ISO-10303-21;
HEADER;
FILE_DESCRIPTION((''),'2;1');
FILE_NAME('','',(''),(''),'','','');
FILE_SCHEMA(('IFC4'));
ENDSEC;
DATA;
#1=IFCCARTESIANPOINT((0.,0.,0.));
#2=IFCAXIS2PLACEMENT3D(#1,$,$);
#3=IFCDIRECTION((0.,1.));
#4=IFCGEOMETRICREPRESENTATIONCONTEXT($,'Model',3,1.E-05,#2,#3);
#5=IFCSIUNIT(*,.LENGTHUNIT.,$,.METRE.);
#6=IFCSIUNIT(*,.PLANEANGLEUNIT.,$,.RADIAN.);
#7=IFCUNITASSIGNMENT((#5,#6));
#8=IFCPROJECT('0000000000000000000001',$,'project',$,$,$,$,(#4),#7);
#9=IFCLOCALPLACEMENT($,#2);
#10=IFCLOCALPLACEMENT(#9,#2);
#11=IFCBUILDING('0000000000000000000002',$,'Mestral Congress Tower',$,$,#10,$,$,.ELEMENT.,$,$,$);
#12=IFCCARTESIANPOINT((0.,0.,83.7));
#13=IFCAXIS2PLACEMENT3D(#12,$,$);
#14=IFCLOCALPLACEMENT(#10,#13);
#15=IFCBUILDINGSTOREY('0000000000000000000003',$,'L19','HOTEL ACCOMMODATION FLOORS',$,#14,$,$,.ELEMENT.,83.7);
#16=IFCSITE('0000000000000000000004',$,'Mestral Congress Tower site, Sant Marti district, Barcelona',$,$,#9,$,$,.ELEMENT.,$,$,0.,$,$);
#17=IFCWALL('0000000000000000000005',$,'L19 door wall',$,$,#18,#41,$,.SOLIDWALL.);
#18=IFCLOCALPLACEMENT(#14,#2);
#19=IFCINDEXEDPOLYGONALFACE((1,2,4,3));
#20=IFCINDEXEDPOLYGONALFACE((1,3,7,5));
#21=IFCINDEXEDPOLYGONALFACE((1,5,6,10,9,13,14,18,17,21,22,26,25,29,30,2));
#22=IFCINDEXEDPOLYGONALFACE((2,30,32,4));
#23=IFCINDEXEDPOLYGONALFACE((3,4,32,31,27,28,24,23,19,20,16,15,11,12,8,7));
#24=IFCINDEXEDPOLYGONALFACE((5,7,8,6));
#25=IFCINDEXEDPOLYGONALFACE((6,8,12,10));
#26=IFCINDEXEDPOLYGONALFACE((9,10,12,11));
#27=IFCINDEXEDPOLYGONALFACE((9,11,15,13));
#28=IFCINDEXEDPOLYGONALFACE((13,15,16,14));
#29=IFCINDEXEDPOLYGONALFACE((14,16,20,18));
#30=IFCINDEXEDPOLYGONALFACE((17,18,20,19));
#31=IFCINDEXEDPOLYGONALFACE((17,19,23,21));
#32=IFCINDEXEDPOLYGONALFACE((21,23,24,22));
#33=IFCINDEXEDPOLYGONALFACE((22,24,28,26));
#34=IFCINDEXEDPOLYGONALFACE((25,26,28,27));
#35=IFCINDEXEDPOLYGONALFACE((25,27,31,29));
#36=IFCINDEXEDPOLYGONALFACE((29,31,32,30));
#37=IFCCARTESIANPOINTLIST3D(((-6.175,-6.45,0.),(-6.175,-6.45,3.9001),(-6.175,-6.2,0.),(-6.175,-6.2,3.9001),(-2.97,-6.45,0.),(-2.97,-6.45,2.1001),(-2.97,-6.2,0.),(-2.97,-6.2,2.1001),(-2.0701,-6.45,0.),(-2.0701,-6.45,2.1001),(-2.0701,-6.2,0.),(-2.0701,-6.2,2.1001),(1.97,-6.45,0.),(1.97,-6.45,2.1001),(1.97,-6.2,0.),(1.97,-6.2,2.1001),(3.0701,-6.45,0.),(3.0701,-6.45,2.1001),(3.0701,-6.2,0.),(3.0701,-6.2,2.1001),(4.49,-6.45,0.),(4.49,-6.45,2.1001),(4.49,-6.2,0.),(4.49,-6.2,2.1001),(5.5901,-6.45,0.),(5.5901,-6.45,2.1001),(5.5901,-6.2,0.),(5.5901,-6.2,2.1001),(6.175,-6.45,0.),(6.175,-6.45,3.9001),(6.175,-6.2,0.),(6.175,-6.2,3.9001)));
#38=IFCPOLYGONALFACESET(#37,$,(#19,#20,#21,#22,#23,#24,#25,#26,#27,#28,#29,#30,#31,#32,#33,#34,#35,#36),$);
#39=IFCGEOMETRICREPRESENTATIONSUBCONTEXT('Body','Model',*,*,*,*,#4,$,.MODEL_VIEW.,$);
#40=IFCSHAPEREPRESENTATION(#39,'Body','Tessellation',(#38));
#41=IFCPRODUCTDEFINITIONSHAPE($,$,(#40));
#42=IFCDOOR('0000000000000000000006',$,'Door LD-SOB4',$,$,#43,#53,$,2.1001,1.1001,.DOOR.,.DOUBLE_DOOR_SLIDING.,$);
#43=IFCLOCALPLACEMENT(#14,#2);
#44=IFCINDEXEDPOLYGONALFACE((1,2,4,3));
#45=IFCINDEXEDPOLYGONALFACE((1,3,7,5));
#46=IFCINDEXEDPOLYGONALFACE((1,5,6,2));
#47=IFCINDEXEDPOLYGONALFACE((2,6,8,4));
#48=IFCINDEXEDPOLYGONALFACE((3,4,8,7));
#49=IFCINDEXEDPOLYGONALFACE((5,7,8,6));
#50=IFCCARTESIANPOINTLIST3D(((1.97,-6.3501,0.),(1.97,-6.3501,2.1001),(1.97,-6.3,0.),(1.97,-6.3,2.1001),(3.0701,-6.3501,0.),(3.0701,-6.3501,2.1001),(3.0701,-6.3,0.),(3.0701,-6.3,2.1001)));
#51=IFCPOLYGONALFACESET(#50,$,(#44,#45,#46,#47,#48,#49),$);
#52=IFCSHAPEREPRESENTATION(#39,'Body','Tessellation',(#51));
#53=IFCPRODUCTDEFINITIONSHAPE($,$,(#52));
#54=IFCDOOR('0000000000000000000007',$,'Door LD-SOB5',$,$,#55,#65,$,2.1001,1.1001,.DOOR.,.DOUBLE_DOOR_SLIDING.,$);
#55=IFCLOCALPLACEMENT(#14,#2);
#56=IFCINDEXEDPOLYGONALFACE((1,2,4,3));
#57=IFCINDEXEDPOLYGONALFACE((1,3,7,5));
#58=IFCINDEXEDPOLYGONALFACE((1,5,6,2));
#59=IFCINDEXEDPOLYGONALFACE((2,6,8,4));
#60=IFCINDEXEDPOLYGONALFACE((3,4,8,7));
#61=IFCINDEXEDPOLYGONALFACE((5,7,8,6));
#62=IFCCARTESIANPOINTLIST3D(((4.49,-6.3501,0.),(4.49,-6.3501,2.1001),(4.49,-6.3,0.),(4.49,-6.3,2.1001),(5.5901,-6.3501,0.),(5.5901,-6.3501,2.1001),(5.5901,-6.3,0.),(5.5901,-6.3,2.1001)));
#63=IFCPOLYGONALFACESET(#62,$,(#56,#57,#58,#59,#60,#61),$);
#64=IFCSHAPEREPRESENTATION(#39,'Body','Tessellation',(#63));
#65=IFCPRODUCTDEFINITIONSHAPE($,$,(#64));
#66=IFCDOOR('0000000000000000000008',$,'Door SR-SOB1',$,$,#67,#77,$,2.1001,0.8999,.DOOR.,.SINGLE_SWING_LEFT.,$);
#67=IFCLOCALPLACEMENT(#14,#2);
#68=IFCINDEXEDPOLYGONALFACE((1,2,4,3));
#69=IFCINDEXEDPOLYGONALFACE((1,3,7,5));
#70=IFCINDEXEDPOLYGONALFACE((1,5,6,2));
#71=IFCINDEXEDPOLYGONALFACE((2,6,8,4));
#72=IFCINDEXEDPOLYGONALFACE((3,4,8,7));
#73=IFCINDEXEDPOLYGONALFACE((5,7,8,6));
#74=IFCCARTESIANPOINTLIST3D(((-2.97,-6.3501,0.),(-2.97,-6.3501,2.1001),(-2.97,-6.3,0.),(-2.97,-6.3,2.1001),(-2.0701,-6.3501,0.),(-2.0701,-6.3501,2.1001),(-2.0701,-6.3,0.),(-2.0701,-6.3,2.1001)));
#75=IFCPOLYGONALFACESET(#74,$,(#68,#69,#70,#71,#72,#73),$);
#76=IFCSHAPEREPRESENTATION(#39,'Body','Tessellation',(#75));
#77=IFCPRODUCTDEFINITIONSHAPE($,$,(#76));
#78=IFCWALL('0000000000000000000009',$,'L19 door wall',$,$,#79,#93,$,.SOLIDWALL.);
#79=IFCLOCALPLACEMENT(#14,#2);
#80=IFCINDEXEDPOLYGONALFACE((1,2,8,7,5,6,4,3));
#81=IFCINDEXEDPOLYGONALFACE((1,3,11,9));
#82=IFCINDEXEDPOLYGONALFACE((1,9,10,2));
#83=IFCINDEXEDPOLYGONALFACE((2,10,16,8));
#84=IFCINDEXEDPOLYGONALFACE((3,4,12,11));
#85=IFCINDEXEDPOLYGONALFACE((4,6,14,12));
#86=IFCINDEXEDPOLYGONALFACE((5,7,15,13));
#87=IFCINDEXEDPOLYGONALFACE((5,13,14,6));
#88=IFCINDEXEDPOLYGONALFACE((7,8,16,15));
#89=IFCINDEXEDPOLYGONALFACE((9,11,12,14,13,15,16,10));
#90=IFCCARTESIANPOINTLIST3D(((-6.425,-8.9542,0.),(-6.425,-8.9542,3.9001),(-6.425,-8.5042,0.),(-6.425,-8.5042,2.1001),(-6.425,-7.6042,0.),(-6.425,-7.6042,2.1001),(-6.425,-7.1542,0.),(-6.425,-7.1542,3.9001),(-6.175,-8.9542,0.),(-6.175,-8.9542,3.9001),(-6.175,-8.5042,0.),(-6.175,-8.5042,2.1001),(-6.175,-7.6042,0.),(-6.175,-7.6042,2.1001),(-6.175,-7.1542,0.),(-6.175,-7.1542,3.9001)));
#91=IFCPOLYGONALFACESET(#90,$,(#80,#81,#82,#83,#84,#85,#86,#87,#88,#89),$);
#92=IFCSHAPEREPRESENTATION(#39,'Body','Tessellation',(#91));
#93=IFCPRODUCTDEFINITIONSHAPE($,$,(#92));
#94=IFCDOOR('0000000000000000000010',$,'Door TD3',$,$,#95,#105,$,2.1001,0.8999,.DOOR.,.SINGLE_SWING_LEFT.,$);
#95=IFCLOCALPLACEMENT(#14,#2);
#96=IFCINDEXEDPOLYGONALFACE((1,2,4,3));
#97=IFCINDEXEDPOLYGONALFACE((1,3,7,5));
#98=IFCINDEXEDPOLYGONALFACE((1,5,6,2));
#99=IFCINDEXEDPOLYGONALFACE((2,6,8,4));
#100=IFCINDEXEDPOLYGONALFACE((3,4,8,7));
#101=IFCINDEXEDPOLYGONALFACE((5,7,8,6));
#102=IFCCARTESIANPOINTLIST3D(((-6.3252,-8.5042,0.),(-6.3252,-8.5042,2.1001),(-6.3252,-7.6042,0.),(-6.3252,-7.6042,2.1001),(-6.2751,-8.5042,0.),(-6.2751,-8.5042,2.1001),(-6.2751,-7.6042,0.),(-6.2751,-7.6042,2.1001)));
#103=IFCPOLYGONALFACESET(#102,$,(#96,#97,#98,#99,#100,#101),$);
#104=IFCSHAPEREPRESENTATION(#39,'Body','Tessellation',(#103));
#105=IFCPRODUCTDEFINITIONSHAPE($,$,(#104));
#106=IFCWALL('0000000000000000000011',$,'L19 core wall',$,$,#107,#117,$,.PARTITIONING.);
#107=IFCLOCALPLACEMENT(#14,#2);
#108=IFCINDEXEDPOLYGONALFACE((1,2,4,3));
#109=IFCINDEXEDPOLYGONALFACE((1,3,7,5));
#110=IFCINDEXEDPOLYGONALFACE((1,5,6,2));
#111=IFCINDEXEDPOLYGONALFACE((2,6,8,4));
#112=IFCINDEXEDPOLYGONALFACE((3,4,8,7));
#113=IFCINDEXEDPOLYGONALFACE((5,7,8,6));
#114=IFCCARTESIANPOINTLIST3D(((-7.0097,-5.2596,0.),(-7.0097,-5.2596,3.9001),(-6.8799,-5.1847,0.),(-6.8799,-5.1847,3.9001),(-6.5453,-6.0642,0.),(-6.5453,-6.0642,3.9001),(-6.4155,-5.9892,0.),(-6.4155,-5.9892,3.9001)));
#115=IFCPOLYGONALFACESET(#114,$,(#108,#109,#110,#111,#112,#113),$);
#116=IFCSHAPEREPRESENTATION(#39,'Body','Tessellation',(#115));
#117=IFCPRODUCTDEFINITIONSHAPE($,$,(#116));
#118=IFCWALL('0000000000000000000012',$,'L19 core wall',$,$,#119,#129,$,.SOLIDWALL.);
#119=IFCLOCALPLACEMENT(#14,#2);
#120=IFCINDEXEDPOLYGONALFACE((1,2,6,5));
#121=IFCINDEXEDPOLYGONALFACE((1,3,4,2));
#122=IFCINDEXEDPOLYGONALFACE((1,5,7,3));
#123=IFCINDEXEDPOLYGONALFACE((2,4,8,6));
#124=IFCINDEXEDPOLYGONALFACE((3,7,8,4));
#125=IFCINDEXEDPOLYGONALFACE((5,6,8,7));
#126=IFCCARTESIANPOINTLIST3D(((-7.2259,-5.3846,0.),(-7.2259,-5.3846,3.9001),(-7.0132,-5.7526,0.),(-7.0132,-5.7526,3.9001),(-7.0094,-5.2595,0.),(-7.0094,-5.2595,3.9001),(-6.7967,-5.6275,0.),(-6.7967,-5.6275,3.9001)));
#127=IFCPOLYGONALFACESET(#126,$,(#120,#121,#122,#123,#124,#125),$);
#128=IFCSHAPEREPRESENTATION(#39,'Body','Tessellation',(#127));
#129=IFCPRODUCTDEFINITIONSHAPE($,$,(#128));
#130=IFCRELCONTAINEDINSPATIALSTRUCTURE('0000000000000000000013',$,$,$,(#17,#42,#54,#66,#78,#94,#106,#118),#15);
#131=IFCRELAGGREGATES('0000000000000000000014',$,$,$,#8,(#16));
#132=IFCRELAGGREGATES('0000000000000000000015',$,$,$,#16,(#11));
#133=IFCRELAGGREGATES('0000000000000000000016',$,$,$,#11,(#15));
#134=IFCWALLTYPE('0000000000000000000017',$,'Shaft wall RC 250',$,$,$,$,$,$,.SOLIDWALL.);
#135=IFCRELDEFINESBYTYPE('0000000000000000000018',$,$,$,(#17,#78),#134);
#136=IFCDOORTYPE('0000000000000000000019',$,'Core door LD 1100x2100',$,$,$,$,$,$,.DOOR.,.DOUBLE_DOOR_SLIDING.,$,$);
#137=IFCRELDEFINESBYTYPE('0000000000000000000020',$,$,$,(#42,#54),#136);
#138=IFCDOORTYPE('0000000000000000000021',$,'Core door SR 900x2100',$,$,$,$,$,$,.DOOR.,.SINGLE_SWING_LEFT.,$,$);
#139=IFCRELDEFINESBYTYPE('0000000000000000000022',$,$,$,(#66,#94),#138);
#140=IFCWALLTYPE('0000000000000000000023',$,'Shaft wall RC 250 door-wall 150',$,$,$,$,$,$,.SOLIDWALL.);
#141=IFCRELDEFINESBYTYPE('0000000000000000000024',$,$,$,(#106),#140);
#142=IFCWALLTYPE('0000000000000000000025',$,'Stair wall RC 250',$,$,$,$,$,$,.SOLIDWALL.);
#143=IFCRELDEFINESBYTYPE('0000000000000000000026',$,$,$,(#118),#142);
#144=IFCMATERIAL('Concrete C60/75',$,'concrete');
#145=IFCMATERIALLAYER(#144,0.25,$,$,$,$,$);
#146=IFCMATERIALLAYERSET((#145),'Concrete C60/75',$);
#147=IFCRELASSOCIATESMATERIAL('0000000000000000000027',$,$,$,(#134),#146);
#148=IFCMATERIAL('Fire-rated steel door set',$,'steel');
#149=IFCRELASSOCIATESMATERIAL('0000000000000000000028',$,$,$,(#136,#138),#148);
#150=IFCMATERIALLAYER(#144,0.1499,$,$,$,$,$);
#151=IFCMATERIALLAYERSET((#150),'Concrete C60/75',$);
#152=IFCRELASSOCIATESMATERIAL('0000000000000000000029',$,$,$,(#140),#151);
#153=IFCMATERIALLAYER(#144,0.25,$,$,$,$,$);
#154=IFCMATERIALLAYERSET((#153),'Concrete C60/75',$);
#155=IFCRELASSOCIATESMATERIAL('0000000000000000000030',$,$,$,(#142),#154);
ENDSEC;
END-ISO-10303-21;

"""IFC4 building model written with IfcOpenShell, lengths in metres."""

from ifc_helpers import new_model, si_unit, direction, frame, frame_2d, origin, place, context, subcontext, project, spatial, rectangle, extrude, material, layer, layer_set, type_object, element, fill, save


model = new_model("IFC4")

# Units and contexts
model_context = context("Model", 3, precision=1e-05, world=origin(), true_north=direction((0.0, 1.0)))
body_context = subcontext(model_context, "Body", "Model", "MODEL_VIEW")
ifc_project = project(units=[si_unit("LENGTHUNIT", "METRE"), si_unit("PLANEANGLEUNIT", "RADIAN")], contexts=[model_context])

# Site, building, storey
site_placement = place(None, origin())
site = spatial("IfcSite", under=ifc_project, at=site_placement, Name="Mestral Congress Tower site, Sant Marti district, Barcelona", CompositionType="ELEMENT", RefElevation=0.0)
building_placement = place(site_placement, origin())
building = spatial("IfcBuilding", under=site, at=building_placement, Name="Mestral Congress Tower", CompositionType="ELEMENT")
storey_placement = place(building_placement, frame((0.0, 0.0, 83.7)))
storey = spatial("IfcBuildingStorey", under=building, at=storey_placement, Name="L19", Description="HOTEL ACCOMMODATION FLOORS", CompositionType="ELEMENT", Elevation=83.7)

# Shared definitions
ifc_material_1 = material(Name="Fire-rated steel door set", Category="steel")

# Shared definitions
ifc_material_2 = material(Name="Concrete C60/75", Category="concrete")
ifc_layer_1 = layer(ifc_material_2, 0.25)
ifc_layer_set_1 = layer_set([ifc_layer_1], Name="Concrete C60/75")
wall_type_1 = type_object("IfcWallType", Name="Shaft wall RC 250", PredefinedType="SOLIDWALL", material=ifc_layer_set_1)

# Wall, openings, doors
door_type_1 = type_object("IfcDoorType", Name="Core door LD 1100x2100", OperationType="DOUBLE_DOOR_SLIDING", PredefinedType="DOOR", material=ifc_material_1)
wall_1_placement = place(storey_placement, frame((-6.175, -6.325, 0.0), z_axis=(0.0, 0.0, 1.0), x_axis=(1.0, 0.0, 0.0)))
wall_1 = element("IfcWall", 1, at=wall_1_placement, inside=storey, type_object=wall_type_1, Name="L19 door wall", PredefinedType="SOLIDWALL", context=body_context, shape_type="SweptSolid", body=[
    extrude(rectangle(XDim=12.3501, YDim=0.25, at=frame_2d((6.175, 0.0))), origin(), (0.0, 0.0, 1.0), 3.9001),
])
opening_1_placement = place(wall_1_placement, frame((3.2051, 0.0, 0.0)))
opening_1 = element("IfcOpeningElement", 2, at=opening_1_placement, cuts=wall_1, PredefinedType="OPENING", context=body_context, shape_type="SweptSolid", body=[
    extrude(rectangle(XDim=0.8999, YDim=2.1001, at=frame_2d((0.45, 1.05))), frame((0.0, 0.135, 0.0), z_axis=(0.0, -1.0, 0.0), x_axis=(1.0, 0.0, 0.0)), (0.0, 0.0, 1.0), 0.27),
])
opening_2_placement = place(wall_1_placement, frame((8.145, 0.0, 0.0)))
opening_2 = element("IfcOpeningElement", 3, at=opening_2_placement, cuts=wall_1, PredefinedType="OPENING", context=body_context, shape_type="SweptSolid", body=[
    extrude(rectangle(XDim=1.1001, YDim=2.1001, at=frame_2d((0.55, 1.05))), frame((0.0, 0.135, 0.0), z_axis=(0.0, -1.0, 0.0), x_axis=(1.0, 0.0, 0.0)), (0.0, 0.0, 1.0), 0.27),
])
opening_3_placement = place(wall_1_placement, frame((10.665, 0.0, 0.0)))
opening_3 = element("IfcOpeningElement", 4, at=opening_3_placement, cuts=wall_1, PredefinedType="OPENING", context=body_context, shape_type="SweptSolid", body=[
    extrude(rectangle(XDim=1.1001, YDim=2.1001, at=frame_2d((0.55, 1.05))), frame((0.0, 0.135, 0.0), z_axis=(0.0, -1.0, 0.0), x_axis=(1.0, 0.0, 0.0)), (0.0, 0.0, 1.0), 0.27),
])
door_1_placement = place(opening_2_placement, origin())
door_1 = element("IfcDoor", 5, at=door_1_placement, inside=storey, type_object=door_type_1, Name="Door LD-SOB4", OperationType="DOUBLE_DOOR_SLIDING", OverallHeight=2.1001, OverallWidth=1.1001, PredefinedType="DOOR", context=body_context, shape_type="SweptSolid", body=[
    extrude(rectangle(XDim=1.1001, YDim=2.1001, at=frame_2d((0.55, 1.05))), frame((0.0, 0.0249, 0.0), z_axis=(0.0, -1.0, 0.0), x_axis=(1.0, 0.0, 0.0)), (0.0, 0.0, 1.0), 0.05),
])
fill(opening_2, door_1)
door_2_placement = place(opening_3_placement, origin())
door_2 = element("IfcDoor", 6, at=door_2_placement, inside=storey, type_object=door_type_1, Name="Door LD-SOB5", OperationType="DOUBLE_DOOR_SLIDING", OverallHeight=2.1001, OverallWidth=1.1001, PredefinedType="DOOR", context=body_context, shape_type="SweptSolid", body=[
    extrude(rectangle(XDim=1.1001, YDim=2.1001, at=frame_2d((0.55, 1.05))), frame((0.0, 0.0249, 0.0), z_axis=(0.0, -1.0, 0.0), x_axis=(1.0, 0.0, 0.0)), (0.0, 0.0, 1.0), 0.05),
])
fill(opening_3, door_2)
door_type_2 = type_object("IfcDoorType", Name="Core door SR 900x2100", OperationType="SINGLE_SWING_LEFT", PredefinedType="DOOR", material=ifc_material_1)
door_3_placement = place(opening_1_placement, origin())
door_3 = element("IfcDoor", 7, at=door_3_placement, inside=storey, type_object=door_type_2, Name="Door SR-SOB1", OperationType="SINGLE_SWING_LEFT", OverallHeight=2.1001, OverallWidth=0.8999, PredefinedType="DOOR", context=body_context, shape_type="SweptSolid", body=[
    extrude(rectangle(XDim=0.8999, YDim=2.1001, at=frame_2d((0.45, 1.05))), frame((0.0, 0.0249, 0.0), z_axis=(0.0, -1.0, 0.0), x_axis=(1.0, 0.0, 0.0)), (0.0, 0.0, 1.0), 0.05),
])
fill(opening_1, door_3)

# Wall, opening, door
wall_2_placement = place(storey_placement, frame((-6.3, -7.1543, 0.0), z_axis=(0.0, 0.0, 1.0), x_axis=(0.0, -1.0, 0.0)))
wall_2 = element("IfcWall", 8, at=wall_2_placement, inside=storey, type_object=wall_type_1, Name="L19 door wall", PredefinedType="SOLIDWALL", context=body_context, shape_type="SweptSolid", body=[
    extrude(rectangle(XDim=1.8, YDim=0.25, at=frame_2d((0.8999, 0.0))), origin(), (0.0, 0.0, 1.0), 3.9001),
])
opening_4_placement = place(wall_2_placement, frame((0.45, 0.0, 0.0)))
opening_4 = element("IfcOpeningElement", 9, at=opening_4_placement, cuts=wall_2, PredefinedType="OPENING", context=body_context, shape_type="SweptSolid", body=[
    extrude(rectangle(XDim=0.8999, YDim=2.1001, at=frame_2d((0.45, 1.05))), frame((0.0, 0.135, 0.0), z_axis=(0.0, -1.0, 0.0), x_axis=(1.0, 0.0, 0.0)), (0.0, 0.0, 1.0), 0.27),
])
door_4_placement = place(opening_4_placement, origin())
door_4 = element("IfcDoor", 10, at=door_4_placement, inside=storey, type_object=door_type_2, Name="Door TD3", OperationType="SINGLE_SWING_LEFT", OverallHeight=2.1001, OverallWidth=0.8999, PredefinedType="DOOR", context=body_context, shape_type="SweptSolid", body=[
    extrude(rectangle(XDim=0.8999, YDim=2.1001, at=frame_2d((0.45, 1.05))), frame((0.0, 0.0249, 0.0), z_axis=(0.0, -1.0, 0.0), x_axis=(1.0, 0.0, 0.0)), (0.0, 0.0, 1.0), 0.05),
])
fill(opening_4, door_4)

# Walls
ifc_layer_2 = layer(ifc_material_2, 0.1499)
ifc_layer_set_2 = layer_set([ifc_layer_2], Name="Concrete C60/75")
wall_type_2 = type_object("IfcWallType", Name="Shaft wall RC 250 door-wall 150", PredefinedType="SOLIDWALL", material=ifc_layer_set_2)
wall_3_placement = place(storey_placement, frame((-6.4805, -6.0266, 0.0), z_axis=(0.0, 0.0, 1.0), x_axis=(-0.499927, 0.866067, 0.0)))
element("IfcWall", 11, at=wall_3_placement, inside=storey, type_object=wall_type_2, Name="L19 core wall", PredefinedType="PARTITIONING", context=body_context, shape_type="SweptSolid", body=[
    extrude(rectangle(XDim=0.929, YDim=0.1499, at=frame_2d((0.4644, 0.0))), origin(), (0.0, 0.0, 1.0), 3.9001),
])
ifc_layer_3 = layer(ifc_material_2, 0.25)
ifc_layer_set_3 = layer_set([ifc_layer_3], Name="Concrete C60/75")
wall_type_3 = type_object("IfcWallType", Name="Stair wall RC 250", PredefinedType="SOLIDWALL", material=ifc_layer_set_3)
wall_4_placement = place(storey_placement, frame((-6.905, -5.6899, 0.0), z_axis=(0.0, 0.0, 1.0), x_axis=(-0.500402, 0.865793, 0.0)))
element("IfcWall", 12, at=wall_4_placement, inside=storey, type_object=wall_type_3, Name="L19 core wall", PredefinedType="SOLIDWALL", context=body_context, shape_type="SweptSolid", body=[
    extrude(rectangle(XDim=0.425, YDim=0.25, at=frame_2d((0.2124, 0.0))), origin(), (0.0, 0.0, 1.0), 3.9001),
])

save(model, "model.ifc")
